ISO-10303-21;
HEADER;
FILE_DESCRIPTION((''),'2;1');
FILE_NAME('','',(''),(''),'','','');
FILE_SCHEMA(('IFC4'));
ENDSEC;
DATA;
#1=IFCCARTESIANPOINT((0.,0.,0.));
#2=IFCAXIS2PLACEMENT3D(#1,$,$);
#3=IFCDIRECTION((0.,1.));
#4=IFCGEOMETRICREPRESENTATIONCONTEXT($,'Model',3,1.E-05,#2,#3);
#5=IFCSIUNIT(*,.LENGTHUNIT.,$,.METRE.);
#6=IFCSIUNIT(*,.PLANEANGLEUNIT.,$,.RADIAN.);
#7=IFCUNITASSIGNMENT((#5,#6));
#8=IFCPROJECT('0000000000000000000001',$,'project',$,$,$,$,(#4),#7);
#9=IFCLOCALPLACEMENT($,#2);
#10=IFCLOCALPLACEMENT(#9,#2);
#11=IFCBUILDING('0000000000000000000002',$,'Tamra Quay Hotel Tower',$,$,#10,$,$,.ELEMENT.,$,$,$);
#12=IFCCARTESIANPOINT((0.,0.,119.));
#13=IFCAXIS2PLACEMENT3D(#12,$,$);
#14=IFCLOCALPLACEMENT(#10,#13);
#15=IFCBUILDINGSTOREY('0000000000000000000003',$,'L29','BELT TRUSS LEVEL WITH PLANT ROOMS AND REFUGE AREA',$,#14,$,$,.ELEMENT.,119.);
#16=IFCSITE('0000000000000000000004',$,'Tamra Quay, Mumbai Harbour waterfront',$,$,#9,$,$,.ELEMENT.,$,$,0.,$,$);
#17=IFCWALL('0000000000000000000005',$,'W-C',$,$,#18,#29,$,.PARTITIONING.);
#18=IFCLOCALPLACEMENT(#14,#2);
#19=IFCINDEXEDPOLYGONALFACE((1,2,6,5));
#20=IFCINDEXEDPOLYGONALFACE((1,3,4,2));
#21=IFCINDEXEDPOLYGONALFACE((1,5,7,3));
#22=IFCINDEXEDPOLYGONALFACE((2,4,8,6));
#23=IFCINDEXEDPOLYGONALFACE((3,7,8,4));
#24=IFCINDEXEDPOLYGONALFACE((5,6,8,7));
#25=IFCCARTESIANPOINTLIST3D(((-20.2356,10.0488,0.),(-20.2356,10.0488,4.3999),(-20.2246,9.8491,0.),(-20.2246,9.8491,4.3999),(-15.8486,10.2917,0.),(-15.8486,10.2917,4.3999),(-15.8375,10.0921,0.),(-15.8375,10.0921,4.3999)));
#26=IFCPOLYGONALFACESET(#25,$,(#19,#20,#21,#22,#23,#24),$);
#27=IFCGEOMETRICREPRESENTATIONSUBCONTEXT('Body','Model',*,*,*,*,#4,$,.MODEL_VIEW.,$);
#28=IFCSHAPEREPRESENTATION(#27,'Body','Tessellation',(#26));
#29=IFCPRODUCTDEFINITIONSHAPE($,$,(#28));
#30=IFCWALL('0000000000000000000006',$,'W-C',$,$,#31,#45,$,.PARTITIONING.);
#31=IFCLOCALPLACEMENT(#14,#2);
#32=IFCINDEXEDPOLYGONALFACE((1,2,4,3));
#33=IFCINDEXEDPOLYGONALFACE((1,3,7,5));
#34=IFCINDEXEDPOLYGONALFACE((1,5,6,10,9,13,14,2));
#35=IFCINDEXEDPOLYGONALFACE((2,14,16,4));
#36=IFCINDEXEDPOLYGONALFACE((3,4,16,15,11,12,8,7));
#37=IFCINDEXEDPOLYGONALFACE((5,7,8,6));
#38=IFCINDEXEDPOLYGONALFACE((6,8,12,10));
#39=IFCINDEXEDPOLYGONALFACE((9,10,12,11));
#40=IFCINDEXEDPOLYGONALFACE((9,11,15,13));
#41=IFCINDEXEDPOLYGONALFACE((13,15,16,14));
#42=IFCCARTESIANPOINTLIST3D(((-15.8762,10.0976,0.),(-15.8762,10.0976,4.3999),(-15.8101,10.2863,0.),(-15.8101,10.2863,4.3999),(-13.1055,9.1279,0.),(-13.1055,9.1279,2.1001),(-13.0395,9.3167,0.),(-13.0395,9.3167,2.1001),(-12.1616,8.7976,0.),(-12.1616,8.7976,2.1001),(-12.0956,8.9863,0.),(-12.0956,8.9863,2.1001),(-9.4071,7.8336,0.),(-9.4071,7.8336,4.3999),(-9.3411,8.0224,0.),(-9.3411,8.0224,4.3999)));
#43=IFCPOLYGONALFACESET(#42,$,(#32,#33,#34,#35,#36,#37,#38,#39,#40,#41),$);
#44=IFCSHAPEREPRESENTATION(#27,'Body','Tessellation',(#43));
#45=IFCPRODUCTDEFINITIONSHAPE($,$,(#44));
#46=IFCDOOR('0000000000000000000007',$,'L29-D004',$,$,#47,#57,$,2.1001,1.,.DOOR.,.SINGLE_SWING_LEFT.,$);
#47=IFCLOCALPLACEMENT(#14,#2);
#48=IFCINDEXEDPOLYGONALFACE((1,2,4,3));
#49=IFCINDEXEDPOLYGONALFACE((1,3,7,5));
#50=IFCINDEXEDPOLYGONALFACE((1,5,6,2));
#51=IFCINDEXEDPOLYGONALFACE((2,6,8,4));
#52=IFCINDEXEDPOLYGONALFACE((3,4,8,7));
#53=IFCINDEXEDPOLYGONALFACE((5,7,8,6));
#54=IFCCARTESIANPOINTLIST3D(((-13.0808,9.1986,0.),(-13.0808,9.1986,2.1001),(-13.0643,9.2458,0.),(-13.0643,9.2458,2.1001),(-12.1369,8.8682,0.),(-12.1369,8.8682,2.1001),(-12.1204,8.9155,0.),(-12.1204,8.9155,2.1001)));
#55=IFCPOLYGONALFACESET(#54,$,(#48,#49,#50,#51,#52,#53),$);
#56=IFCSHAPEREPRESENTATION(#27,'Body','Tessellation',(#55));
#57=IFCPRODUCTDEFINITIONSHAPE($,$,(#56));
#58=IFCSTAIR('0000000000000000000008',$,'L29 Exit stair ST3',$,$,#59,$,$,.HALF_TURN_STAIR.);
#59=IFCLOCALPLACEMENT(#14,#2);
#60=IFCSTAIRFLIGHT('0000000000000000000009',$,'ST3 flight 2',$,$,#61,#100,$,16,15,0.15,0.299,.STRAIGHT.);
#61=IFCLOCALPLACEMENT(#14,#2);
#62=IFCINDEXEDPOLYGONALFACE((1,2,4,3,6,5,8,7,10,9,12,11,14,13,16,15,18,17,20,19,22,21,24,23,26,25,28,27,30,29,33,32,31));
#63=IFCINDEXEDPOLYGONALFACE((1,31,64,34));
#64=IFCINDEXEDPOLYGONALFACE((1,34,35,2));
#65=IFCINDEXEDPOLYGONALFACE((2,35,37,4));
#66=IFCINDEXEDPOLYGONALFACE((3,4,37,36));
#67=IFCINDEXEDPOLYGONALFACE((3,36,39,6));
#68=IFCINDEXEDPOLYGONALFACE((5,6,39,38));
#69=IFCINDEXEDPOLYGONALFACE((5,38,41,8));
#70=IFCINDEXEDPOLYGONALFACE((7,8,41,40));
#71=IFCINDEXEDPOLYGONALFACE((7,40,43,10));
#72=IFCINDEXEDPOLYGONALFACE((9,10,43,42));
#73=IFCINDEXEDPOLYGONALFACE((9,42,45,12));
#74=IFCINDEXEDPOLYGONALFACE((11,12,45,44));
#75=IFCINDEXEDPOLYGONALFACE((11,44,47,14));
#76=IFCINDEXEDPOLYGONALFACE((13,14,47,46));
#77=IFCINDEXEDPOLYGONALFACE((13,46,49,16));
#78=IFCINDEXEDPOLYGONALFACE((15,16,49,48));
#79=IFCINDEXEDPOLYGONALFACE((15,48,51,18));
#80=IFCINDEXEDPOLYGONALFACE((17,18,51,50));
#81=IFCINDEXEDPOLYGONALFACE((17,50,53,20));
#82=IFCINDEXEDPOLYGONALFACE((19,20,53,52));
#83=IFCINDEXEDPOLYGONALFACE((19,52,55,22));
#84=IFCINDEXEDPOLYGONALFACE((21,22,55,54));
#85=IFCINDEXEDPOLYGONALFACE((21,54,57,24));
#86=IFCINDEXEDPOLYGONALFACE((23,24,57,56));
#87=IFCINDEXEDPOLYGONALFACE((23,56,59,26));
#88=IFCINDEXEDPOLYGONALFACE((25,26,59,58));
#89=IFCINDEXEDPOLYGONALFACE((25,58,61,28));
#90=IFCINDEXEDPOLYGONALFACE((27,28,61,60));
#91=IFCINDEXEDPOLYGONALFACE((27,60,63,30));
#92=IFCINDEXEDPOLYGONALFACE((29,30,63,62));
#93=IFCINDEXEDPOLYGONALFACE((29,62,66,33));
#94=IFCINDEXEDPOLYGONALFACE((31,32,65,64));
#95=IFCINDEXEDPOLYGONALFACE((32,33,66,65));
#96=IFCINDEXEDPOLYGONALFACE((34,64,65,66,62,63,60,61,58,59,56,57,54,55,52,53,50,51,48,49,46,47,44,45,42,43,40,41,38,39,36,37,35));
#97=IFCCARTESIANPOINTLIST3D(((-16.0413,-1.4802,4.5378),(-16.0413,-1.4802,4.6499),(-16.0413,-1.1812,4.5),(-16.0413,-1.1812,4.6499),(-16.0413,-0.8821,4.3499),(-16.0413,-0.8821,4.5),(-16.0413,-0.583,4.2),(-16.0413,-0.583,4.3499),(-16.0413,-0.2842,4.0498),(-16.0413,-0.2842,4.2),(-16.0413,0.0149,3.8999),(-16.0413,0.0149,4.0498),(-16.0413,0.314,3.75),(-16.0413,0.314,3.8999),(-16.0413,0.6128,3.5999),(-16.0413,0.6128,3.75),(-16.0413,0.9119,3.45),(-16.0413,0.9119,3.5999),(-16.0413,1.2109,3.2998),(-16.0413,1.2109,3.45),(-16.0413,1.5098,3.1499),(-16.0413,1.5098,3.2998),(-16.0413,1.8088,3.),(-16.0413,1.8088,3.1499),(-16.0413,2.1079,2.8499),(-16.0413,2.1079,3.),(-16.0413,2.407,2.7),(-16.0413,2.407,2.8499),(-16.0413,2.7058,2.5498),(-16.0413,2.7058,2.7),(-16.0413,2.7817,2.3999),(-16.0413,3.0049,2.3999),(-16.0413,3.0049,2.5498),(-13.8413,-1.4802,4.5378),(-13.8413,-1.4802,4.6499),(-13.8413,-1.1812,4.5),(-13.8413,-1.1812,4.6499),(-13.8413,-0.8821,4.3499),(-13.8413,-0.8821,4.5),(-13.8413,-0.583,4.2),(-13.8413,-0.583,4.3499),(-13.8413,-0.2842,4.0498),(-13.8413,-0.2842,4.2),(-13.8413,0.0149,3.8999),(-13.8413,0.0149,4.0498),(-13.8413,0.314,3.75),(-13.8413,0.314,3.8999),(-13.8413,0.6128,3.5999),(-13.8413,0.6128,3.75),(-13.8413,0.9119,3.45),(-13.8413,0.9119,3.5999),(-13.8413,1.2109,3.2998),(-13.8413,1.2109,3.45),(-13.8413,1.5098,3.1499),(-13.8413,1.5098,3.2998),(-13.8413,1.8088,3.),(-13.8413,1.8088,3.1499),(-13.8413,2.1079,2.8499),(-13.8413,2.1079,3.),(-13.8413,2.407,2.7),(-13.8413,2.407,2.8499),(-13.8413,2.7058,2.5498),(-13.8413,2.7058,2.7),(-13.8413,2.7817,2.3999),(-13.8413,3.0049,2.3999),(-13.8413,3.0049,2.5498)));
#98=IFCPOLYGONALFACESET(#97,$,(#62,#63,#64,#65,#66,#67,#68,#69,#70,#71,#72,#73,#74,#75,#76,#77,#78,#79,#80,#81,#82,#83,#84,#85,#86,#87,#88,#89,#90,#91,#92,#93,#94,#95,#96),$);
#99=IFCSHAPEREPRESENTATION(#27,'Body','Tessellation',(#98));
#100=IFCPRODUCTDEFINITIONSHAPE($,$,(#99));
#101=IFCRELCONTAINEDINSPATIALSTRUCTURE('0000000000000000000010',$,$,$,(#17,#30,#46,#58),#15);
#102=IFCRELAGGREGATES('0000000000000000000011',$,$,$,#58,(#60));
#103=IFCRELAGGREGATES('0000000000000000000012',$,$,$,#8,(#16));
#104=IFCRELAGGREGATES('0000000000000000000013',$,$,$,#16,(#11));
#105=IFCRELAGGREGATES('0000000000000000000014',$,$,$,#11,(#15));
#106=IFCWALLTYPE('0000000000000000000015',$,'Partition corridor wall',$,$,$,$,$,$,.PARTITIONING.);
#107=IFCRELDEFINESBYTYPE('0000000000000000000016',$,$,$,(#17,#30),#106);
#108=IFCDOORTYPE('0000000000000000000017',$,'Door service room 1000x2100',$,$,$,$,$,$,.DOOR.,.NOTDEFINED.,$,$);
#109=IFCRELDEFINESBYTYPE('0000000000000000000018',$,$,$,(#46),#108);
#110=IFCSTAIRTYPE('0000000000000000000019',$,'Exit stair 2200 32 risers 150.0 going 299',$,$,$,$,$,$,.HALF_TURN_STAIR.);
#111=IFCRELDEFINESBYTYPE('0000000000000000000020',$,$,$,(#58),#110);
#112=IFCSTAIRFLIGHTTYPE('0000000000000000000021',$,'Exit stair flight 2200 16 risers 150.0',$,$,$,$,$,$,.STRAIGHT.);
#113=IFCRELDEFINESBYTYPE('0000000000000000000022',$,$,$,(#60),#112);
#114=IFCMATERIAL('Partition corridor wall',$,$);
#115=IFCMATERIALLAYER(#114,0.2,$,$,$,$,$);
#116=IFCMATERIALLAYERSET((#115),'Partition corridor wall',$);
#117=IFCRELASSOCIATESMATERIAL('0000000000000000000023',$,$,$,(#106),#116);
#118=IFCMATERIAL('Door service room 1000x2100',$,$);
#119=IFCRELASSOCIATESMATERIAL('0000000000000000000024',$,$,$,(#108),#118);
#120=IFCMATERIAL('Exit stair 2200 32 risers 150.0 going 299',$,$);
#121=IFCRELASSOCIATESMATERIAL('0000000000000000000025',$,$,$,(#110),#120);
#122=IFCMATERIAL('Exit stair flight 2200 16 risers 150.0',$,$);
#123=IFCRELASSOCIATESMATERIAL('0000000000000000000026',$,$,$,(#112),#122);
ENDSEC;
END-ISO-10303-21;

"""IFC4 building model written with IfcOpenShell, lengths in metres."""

from ifc_helpers import new_model, si_unit, direction, frame, frame_2d, origin, place, context, subcontext, project, spatial, polyline, rectangle, outline, extrude, material, layer, layer_set, type_object, element, fill, aggregate, save


model = new_model("IFC4")

# Units and contexts
model_context = context("Model", 3, precision=1e-05, world=origin(), true_north=direction((0.0, 1.0)))
body_context = subcontext(model_context, "Body", "Model", "MODEL_VIEW")
ifc_project = project(units=[si_unit("LENGTHUNIT", "METRE"), si_unit("PLANEANGLEUNIT", "RADIAN")], contexts=[model_context])

# Site, building, storey
site_placement = place(None, origin())
site = spatial("IfcSite", under=ifc_project, at=site_placement, Name="Tamra Quay, Mumbai Harbour waterfront", CompositionType="ELEMENT", RefElevation=0.0)
building_placement = place(site_placement, origin())
building = spatial("IfcBuilding", under=site, at=building_placement, Name="Tamra Quay Hotel Tower", CompositionType="ELEMENT")
storey_placement = place(building_placement, frame((0.0, 0.0, 119.0)))
storey = spatial("IfcBuildingStorey", under=building, at=storey_placement, Name="L29", Description="BELT TRUSS LEVEL WITH PLANT ROOMS AND REFUGE AREA", CompositionType="ELEMENT", Elevation=119.0)

# Wall
ifc_material_1 = material(Name="Partition corridor wall")
ifc_layer_1 = layer(ifc_material_1, 0.2)
ifc_layer_set_1 = layer_set([ifc_layer_1], Name="Partition corridor wall")
wall_type_1 = type_object("IfcWallType", Name="Partition corridor wall", PredefinedType="PARTITIONING", material=ifc_layer_set_1)
wall_1_placement = place(storey_placement, frame((-20.23, 9.949, 0.0), z_axis=(0.0, 0.0, 1.0), x_axis=(0.99847, 0.055288, 0.0)))
element("IfcWall", 1, at=wall_1_placement, inside=storey, type_object=wall_type_1, Name="W-C", PredefinedType="PARTITIONING", context=body_context, shape_type="SweptSolid", body=[
    extrude(rectangle(XDim=4.3938, YDim=0.2, at=frame_2d((2.1968, 0.0))), origin(), (0.0, 0.0, 1.0), 4.3999),
])

# Wall, opening, door
wall_2_placement = place(storey_placement, frame((-15.843, 10.1919, 0.0), z_axis=(0.0, 0.0, 1.0), x_axis=(0.943869, -0.33032, 0.0)))
wall_2 = element("IfcWall", 2, at=wall_2_placement, inside=storey, type_object=wall_type_1, Name="W-C", PredefinedType="PARTITIONING", context=body_context, shape_type="SweptSolid", body=[
    extrude(rectangle(XDim=6.8538, YDim=0.2, at=frame_2d((3.4268, 0.0))), origin(), (0.0, 0.0, 1.0), 4.3999),
])
opening_1_placement = place(wall_2_placement, frame((2.9353, 0.0, 0.0)))
opening_1 = element("IfcOpeningElement", 3, at=opening_1_placement, cuts=wall_2, PredefinedType="OPENING", context=body_context, shape_type="SweptSolid", body=[
    extrude(rectangle(XDim=1.0, YDim=2.1001, at=frame_2d((0.5, 1.05))), frame((0.0, 0.1099, 0.0), z_axis=(0.0, -1.0, 0.0), x_axis=(1.0, 0.0, 0.0)), (0.0, 0.0, 1.0), 0.22),
])
ifc_material_2 = material(Name="Door service room 1000x2100")
door_type_1 = type_object("IfcDoorType", Name="Door service room 1000x2100", OperationType="NOTDEFINED", PredefinedType="DOOR", material=ifc_material_2)
door_1_placement = place(opening_1_placement, origin())
door_1 = element("IfcDoor", 4, at=door_1_placement, inside=storey, type_object=door_type_1, Name="L29-D004", OperationType="SINGLE_SWING_LEFT", OverallHeight=2.1001, OverallWidth=1.0, PredefinedType="DOOR", context=body_context, shape_type="SweptSolid", body=[
    extrude(rectangle(XDim=1.0, YDim=2.1001, at=frame_2d((0.5, 1.05))), frame((0.0, 0.0249, 0.0), z_axis=(0.0, -1.0, 0.0), x_axis=(1.0, 0.0, 0.0)), (0.0, 0.0, 1.0), 0.05),
])
fill(opening_1, door_1)

# Stair, stair flight
ifc_material_3 = material(Name="Exit stair 2200 32 risers 150.0 going 299")
stair_type = type_object("IfcStairType", Name="Exit stair 2200 32 risers 150.0 going 299", PredefinedType="HALF_TURN_STAIR", material=ifc_material_3)
stair_placement = place(storey_placement, origin())
stair = element("IfcStair", 5, at=stair_placement, inside=storey, type_object=stair_type, Name="L29 Exit stair ST3", PredefinedType="HALF_TURN_STAIR")
ifc_material_4 = material(Name="Exit stair flight 2200 16 risers 150.0")
stair_flight_type = type_object("IfcStairFlightType", Name="Exit stair flight 2200 16 risers 150.0", PredefinedType="STRAIGHT", material=ifc_material_4)
stair_flight_placement = place(storey_placement, frame((-14.9414, 3.0049, 2.3999), z_axis=(0.0, 0.0, 1.0), x_axis=(0.0, -1.0, 0.0)))
stair_flight = element("IfcStairFlight", 6, at=stair_flight_placement, type_object=stair_flight_type, Name="ST3 flight 2", NumberOfRisers=16, NumberOfTreads=15, PredefinedType="STRAIGHT", RiserHeight=0.15, TreadLength=0.299, context=body_context, shape_type="SweptSolid", body=[
    extrude(outline(polyline([(0.0, 0.0), (0.0, 0.1499), (0.2991, 0.1499), (0.2991, 0.3), (0.5979, 0.3), (0.5979, 0.45), (0.897, 0.45), (0.897, 0.6001), (1.196, 0.6001), (1.196, 0.75), (1.4951, 0.75), (1.4951, 0.8999), (1.7939, 0.8999), (1.7939, 1.05), (2.093, 1.05), (2.093, 1.2), (2.3921, 1.2), (2.3921, 1.3501), (2.6909, 1.3501), (2.6909, 1.5), (2.99, 1.5), (2.99, 1.6499), (3.2891, 1.6499), (3.2891, 1.8), (3.5879, 1.8), (3.5879, 1.95), (3.887, 1.95), (3.887, 2.1001), (4.186, 2.1001), (4.186, 2.25), (4.4851, 2.25), (4.4851, 2.3999), (4.4851, 2.1379), (0.2231, 0.0), (0.0, 0.0)])), frame((0.0, 1.1001, 0.0), z_axis=(0.0, -1.0, 0.0), x_axis=(1.0, 0.0, 0.0)), (0.0, 0.0, 1.0), 2.2),
])
aggregate(stair, [stair_flight])

save(model, "model.ifc")
